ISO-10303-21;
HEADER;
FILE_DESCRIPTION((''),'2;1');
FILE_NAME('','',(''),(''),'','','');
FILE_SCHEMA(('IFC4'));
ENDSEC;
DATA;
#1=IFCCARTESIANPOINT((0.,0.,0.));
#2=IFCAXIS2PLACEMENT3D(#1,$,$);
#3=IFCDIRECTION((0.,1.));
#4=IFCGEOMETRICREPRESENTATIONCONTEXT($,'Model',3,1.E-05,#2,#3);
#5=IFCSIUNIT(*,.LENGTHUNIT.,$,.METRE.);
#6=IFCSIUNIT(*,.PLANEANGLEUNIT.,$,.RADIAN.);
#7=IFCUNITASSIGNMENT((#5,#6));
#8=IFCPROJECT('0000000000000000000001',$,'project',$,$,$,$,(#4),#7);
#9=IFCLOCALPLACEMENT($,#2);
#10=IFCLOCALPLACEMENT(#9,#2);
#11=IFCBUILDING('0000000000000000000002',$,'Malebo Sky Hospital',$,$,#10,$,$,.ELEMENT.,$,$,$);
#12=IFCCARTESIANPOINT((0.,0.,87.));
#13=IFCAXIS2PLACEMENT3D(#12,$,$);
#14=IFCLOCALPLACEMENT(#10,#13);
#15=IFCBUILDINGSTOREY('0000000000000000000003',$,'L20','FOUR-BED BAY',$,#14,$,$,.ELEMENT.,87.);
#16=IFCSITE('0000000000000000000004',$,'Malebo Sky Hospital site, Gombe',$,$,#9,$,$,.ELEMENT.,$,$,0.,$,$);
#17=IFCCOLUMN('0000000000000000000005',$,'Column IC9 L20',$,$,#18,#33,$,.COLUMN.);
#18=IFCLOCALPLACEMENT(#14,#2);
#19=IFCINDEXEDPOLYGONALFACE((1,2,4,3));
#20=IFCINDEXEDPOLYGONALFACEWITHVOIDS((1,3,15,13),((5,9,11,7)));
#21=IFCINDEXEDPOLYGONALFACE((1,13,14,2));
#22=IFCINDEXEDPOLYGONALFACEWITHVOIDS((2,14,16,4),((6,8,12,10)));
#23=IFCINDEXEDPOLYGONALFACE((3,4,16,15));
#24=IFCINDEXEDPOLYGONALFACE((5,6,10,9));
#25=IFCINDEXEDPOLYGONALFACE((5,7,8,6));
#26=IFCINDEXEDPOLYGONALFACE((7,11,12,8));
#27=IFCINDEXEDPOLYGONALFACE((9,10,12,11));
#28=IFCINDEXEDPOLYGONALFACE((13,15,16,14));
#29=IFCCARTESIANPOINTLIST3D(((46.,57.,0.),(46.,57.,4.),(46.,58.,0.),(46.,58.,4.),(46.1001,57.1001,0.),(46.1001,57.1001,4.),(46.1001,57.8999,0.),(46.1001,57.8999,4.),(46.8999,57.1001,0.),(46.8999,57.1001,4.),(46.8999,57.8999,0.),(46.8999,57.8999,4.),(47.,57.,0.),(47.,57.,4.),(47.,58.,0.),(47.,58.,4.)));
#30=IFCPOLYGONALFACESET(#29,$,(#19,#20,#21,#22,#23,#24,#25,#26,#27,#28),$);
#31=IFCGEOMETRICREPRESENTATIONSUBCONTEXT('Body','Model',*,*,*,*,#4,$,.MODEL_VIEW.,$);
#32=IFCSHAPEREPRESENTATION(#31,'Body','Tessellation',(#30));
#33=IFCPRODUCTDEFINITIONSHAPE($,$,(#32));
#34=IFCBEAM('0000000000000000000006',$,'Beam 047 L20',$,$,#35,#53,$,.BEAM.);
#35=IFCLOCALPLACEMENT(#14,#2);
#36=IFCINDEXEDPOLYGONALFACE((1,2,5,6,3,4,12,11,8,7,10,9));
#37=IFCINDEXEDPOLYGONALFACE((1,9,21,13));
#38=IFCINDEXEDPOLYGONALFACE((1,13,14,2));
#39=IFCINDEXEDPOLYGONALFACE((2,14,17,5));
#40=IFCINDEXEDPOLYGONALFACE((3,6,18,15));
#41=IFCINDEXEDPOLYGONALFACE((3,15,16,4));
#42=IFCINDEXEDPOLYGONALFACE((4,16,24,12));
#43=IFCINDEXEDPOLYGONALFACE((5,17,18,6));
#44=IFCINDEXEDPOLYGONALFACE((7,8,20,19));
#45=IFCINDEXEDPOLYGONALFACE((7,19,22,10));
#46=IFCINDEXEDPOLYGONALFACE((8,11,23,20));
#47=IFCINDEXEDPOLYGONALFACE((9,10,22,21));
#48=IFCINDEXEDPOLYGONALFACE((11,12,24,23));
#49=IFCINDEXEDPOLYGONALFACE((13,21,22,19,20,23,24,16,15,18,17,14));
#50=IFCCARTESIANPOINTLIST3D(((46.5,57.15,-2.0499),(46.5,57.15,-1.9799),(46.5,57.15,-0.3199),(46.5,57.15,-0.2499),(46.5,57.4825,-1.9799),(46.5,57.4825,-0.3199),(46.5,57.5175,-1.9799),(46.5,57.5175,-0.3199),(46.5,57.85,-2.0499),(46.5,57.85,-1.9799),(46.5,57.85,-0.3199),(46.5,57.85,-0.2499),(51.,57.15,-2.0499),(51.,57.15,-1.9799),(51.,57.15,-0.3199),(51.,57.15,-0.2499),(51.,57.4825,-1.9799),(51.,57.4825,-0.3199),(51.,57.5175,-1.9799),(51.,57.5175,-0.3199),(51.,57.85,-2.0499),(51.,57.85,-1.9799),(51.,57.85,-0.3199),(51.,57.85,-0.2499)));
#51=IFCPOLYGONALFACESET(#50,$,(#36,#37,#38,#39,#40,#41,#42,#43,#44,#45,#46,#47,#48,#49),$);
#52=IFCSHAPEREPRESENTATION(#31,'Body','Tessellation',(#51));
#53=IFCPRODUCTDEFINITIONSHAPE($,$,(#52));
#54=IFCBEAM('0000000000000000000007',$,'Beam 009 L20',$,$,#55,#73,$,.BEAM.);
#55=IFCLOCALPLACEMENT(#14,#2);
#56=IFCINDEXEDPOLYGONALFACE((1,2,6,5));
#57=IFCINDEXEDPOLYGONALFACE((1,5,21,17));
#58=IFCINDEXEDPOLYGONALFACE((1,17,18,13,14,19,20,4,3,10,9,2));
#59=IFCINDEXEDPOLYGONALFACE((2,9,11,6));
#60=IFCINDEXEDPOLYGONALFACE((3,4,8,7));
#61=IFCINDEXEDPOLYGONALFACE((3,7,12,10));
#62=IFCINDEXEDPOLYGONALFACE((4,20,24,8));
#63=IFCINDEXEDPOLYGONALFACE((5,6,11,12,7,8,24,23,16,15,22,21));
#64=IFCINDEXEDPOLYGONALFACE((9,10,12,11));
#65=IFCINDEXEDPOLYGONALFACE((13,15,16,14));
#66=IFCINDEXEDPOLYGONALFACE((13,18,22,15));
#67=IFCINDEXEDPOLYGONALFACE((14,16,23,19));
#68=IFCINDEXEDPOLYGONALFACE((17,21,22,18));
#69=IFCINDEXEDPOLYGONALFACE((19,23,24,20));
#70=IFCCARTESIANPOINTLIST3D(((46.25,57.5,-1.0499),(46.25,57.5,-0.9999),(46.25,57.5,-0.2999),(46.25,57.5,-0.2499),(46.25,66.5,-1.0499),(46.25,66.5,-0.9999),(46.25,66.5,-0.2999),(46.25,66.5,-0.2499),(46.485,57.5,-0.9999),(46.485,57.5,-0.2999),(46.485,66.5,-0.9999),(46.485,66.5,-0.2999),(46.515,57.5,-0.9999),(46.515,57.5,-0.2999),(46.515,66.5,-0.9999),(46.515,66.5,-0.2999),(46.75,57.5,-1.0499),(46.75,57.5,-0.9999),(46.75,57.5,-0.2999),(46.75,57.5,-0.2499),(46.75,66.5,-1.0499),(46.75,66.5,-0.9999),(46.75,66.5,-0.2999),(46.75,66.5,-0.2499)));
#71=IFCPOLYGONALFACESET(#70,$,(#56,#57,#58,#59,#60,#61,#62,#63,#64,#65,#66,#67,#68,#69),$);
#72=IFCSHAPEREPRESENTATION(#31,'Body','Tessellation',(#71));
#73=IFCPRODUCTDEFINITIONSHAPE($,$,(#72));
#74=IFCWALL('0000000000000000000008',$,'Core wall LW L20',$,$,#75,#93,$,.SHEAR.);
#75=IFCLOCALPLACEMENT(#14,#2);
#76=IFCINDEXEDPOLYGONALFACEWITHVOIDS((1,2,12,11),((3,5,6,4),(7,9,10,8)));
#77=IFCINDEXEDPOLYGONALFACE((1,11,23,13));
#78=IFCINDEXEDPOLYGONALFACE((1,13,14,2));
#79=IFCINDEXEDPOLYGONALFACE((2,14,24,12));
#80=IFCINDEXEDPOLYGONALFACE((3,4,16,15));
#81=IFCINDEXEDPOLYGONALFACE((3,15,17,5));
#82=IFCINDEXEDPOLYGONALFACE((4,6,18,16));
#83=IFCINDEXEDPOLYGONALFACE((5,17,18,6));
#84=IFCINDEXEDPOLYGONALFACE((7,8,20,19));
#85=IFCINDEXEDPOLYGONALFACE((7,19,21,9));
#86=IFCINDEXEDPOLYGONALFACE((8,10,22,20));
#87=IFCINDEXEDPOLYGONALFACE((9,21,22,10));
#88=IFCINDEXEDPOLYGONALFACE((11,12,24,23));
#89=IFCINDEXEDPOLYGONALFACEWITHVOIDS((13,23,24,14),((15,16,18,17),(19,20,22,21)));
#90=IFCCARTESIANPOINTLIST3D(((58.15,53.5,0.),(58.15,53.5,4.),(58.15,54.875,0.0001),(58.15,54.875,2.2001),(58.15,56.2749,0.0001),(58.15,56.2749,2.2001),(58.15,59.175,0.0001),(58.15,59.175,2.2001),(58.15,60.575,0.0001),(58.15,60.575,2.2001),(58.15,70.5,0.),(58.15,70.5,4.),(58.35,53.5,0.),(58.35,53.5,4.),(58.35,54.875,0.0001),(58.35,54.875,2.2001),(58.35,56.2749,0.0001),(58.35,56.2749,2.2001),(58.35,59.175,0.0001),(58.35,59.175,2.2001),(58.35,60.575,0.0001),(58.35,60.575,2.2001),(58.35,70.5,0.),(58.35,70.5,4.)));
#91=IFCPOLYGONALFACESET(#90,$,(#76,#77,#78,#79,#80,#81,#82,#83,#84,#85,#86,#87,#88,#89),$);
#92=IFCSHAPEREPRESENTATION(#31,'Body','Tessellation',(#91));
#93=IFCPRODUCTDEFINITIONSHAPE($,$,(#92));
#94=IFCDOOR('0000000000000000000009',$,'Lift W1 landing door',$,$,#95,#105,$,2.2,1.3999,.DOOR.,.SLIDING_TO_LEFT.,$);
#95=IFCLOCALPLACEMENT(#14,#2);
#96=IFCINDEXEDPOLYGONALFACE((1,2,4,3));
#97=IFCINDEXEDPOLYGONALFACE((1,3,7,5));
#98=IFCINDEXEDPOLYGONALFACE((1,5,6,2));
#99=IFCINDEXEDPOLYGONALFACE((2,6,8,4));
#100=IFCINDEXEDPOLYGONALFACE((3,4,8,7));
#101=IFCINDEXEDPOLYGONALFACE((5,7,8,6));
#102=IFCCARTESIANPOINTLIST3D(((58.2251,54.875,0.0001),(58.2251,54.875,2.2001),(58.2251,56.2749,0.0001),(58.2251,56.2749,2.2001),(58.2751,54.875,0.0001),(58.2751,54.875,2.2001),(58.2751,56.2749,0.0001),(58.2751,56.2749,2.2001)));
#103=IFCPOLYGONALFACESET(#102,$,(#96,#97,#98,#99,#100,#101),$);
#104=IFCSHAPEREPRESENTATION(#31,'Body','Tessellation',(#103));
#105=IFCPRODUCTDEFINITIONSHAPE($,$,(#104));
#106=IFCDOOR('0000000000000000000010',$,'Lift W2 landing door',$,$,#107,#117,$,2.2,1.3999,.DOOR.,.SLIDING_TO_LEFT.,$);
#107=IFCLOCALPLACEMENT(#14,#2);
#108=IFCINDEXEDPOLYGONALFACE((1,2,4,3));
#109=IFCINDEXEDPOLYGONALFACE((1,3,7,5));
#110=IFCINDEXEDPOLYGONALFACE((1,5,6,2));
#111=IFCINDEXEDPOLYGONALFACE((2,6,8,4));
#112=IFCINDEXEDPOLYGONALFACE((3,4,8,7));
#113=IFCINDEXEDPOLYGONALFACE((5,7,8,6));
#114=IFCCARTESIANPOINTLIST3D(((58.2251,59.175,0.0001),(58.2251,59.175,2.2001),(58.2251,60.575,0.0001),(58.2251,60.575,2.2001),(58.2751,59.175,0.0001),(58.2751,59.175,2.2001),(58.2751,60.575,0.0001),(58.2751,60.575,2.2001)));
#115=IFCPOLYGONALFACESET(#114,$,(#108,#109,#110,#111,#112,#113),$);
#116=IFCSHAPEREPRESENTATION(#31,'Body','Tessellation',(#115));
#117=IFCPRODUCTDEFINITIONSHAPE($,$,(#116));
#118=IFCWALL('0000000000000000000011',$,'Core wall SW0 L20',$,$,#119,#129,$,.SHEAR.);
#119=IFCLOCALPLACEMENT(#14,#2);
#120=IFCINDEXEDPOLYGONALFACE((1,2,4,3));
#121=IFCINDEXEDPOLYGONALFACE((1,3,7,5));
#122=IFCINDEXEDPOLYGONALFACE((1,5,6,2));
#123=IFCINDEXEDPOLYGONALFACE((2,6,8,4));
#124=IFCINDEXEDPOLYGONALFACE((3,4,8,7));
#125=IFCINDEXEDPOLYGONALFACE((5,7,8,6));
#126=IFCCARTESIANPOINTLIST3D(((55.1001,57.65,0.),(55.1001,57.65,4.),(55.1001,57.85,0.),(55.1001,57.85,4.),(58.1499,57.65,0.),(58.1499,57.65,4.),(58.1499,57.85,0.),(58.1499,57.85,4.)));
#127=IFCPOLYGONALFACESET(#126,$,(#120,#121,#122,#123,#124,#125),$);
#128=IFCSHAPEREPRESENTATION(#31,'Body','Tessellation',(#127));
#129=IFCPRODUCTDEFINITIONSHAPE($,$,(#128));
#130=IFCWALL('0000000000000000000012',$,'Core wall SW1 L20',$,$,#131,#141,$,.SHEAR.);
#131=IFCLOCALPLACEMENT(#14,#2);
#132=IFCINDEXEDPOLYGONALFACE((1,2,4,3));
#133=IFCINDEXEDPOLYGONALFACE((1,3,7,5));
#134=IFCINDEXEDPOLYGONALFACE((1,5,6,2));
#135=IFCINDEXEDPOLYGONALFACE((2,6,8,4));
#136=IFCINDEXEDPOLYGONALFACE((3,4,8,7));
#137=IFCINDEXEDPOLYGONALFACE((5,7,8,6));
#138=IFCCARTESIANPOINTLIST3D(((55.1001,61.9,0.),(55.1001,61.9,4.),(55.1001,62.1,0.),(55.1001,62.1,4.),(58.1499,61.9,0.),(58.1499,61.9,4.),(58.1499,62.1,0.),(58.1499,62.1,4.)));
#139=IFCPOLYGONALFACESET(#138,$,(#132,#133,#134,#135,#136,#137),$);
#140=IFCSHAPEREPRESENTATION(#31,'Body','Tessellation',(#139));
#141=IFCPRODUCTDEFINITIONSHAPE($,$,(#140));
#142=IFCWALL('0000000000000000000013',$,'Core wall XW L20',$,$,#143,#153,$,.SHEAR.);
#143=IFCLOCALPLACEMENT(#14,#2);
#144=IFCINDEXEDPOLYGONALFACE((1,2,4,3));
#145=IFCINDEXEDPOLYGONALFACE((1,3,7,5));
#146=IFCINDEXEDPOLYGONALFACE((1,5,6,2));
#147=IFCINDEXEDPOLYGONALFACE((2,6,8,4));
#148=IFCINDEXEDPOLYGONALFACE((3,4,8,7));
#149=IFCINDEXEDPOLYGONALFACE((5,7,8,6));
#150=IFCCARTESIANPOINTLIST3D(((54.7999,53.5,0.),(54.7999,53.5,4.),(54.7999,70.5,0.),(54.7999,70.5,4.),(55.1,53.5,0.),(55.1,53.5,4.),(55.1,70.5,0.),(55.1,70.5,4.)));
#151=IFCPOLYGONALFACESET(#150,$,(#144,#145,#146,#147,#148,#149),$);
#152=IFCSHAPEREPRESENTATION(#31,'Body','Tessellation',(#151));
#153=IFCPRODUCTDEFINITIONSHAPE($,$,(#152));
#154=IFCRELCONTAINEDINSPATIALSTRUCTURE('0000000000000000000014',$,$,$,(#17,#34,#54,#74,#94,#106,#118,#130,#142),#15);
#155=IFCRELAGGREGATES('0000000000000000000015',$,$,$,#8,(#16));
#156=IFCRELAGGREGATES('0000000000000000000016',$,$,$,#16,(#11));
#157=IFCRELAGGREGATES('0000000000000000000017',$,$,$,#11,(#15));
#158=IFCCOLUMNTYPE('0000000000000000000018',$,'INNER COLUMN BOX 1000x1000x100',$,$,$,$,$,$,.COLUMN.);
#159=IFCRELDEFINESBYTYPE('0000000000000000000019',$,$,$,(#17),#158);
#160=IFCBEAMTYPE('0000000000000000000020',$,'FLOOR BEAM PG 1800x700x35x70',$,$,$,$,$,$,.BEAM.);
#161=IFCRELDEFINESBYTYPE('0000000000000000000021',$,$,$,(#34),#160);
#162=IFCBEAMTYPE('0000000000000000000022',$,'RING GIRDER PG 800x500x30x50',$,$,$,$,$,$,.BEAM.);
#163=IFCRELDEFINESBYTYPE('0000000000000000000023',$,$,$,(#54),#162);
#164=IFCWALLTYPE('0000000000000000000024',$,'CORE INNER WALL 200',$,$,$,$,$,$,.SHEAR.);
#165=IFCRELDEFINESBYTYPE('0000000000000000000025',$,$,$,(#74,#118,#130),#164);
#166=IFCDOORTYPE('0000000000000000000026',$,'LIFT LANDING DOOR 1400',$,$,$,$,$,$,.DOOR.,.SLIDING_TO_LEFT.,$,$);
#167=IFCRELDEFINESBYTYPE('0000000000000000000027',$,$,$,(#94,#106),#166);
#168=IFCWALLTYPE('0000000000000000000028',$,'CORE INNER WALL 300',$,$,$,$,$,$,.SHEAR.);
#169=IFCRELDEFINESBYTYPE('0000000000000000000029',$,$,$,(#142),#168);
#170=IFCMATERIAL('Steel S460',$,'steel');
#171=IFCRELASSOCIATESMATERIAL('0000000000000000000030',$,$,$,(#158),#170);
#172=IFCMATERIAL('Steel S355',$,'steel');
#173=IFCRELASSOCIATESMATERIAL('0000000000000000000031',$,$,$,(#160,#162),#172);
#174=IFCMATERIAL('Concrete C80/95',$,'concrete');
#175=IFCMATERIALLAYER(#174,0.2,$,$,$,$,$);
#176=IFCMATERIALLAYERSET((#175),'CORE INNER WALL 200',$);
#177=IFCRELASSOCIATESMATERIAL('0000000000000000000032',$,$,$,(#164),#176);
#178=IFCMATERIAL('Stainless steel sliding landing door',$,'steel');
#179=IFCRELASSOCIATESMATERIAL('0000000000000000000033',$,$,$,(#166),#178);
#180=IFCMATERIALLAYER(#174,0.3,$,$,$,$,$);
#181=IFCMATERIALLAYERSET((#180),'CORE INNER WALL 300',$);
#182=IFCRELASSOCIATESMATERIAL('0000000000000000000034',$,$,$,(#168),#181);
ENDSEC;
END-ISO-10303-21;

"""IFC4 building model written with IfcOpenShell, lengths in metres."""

from ifc_helpers import new_model, si_unit, direction, frame, frame_2d, origin, origin_2d, place, context, subcontext, project, spatial, rectangle, hollow_rectangle, i_section, extrude, material, layer, layer_set, material_profile, profile_set, type_object, element, fill, save


model = new_model("IFC4")

# Units and contexts
model_context = context("Model", 3, precision=1e-05, world=origin(), true_north=direction((0.0, 1.0)))
body_context = subcontext(model_context, "Body", "Model", "MODEL_VIEW")
ifc_project = project(units=[si_unit("LENGTHUNIT", "METRE"), si_unit("PLANEANGLEUNIT", "RADIAN")], contexts=[model_context])

# Site, building, storey
site_placement = place(None, origin())
site = spatial("IfcSite", under=ifc_project, at=site_placement, Name="Malebo Sky Hospital site, Gombe", CompositionType="ELEMENT", RefElevation=0.0)
building_placement = place(site_placement, origin())
building = spatial("IfcBuilding", under=site, at=building_placement, Name="Malebo Sky Hospital", CompositionType="ELEMENT")
storey_placement = place(building_placement, frame((0.0, 0.0, 87.0)))
storey = spatial("IfcBuildingStorey", under=building, at=storey_placement, Name="L20", Description="FOUR-BED BAY", CompositionType="ELEMENT", Elevation=87.0)

# Column
ifc_material_1 = material(Name="Steel S460", Category="steel")
ifc_material_profile_1 = material_profile(ifc_material_1, hollow_rectangle(XDim=1.0, YDim=1.0, WallThickness=0.1001, at=origin_2d()), Name="BOX 1000x1000x100")
ifc_profile_set_1 = profile_set([ifc_material_profile_1], Name="Steel S460")
column_type = type_object("IfcColumnType", Name="INNER COLUMN BOX 1000x1000x100", PredefinedType="COLUMN", material=ifc_profile_set_1)
column_placement = place(storey_placement, frame((46.5, 57.5, 0.0), z_axis=(0.0, 0.0, 1.0), x_axis=(1.0, 0.0, 0.0)))
element("IfcColumn", 1, at=column_placement, inside=storey, type_object=column_type, Name="Column IC9 L20", PredefinedType="COLUMN", context=body_context, shape_type="SweptSolid", body=[
    extrude(hollow_rectangle(XDim=1.0, YDim=1.0, WallThickness=0.1001, at=origin_2d()), origin(), (0.0, 0.0, 1.0), 4.0),
])

# Beams
ifc_material_2 = material(Name="Steel S355", Category="steel")
ifc_material_profile_2 = material_profile(ifc_material_2, i_section(OverallWidth=0.7, OverallDepth=1.8, WebThickness=0.0349, FlangeThickness=0.0701, at=origin_2d()), Name="PG 1800x700x35x70")
ifc_profile_set_2 = profile_set([ifc_material_profile_2], Name="Steel S355")
beam_type_1 = type_object("IfcBeamType", Name="FLOOR BEAM PG 1800x700x35x70", PredefinedType="BEAM", material=ifc_profile_set_2)
beam_1_placement = place(storey_placement, frame((46.5, 57.5, -1.1499), z_axis=(1.0, 0.0, 0.0), x_axis=(0.0, 1.0, 0.0)))
element("IfcBeam", 2, at=beam_1_placement, inside=storey, type_object=beam_type_1, Name="Beam 047 L20", PredefinedType="BEAM", context=body_context, shape_type="SweptSolid", body=[
    extrude(i_section(OverallWidth=0.7, OverallDepth=1.8, WebThickness=0.0349, FlangeThickness=0.0701, at=origin_2d()), origin(), (0.0, 0.0, 1.0), 4.5),
])
ifc_material_profile_3 = material_profile(ifc_material_2, i_section(OverallWidth=0.5, OverallDepth=0.8, WebThickness=0.03, FlangeThickness=0.05, at=origin_2d()), Name="PG 800x500x30x50")
ifc_profile_set_3 = profile_set([ifc_material_profile_3], Name="Steel S355")
beam_type_2 = type_object("IfcBeamType", Name="RING GIRDER PG 800x500x30x50", PredefinedType="BEAM", material=ifc_profile_set_3)
beam_2_placement = place(storey_placement, frame((46.5, 57.5, -0.6499), z_axis=(0.0, 1.0, 0.0), x_axis=(-1.0, 0.0, 0.0)))
element("IfcBeam", 3, at=beam_2_placement, inside=storey, type_object=beam_type_2, Name="Beam 009 L20", PredefinedType="BEAM", context=body_context, shape_type="SweptSolid", body=[
    extrude(i_section(OverallWidth=0.5, OverallDepth=0.8, WebThickness=0.03, FlangeThickness=0.05, at=origin_2d()), origin(), (0.0, 0.0, 1.0), 9.0),
])

# Wall, openings, doors
ifc_material_3 = material(Name="Concrete C80/95", Category="concrete")
ifc_layer_1 = layer(ifc_material_3, 0.2)
ifc_layer_set_1 = layer_set([ifc_layer_1], Name="CORE INNER WALL 200")
wall_type_1 = type_object("IfcWallType", Name="CORE INNER WALL 200", PredefinedType="SHEAR", material=ifc_layer_set_1)
wall_1_placement = place(storey_placement, frame((58.25, 53.5, 0.0), z_axis=(0.0, 0.0, 1.0), x_axis=(0.0, 1.0, 0.0)))
wall_1 = element("IfcWall", 4, at=wall_1_placement, inside=storey, type_object=wall_type_1, Name="Core wall LW L20", PredefinedType="SHEAR", context=body_context, shape_type="SweptSolid", body=[
    extrude(rectangle(XDim=17.0, YDim=0.2, at=frame_2d((8.5, 0.0))), origin(), (0.0, 0.0, 1.0), 4.0),
])
opening_1_placement = place(wall_1_placement, frame((1.375, 0.0, 0.0)))
opening_1 = element("IfcOpeningElement", 5, at=opening_1_placement, cuts=wall_1, PredefinedType="OPENING", context=body_context, shape_type="SweptSolid", body=[
    extrude(rectangle(XDim=1.3999, YDim=2.2, at=frame_2d((0.7, 1.1001))), frame((0.0, 0.1099, 0.0), z_axis=(0.0, -1.0, 0.0), x_axis=(1.0, 0.0, 0.0)), (0.0, 0.0, 1.0), 0.22),
])
opening_2_placement = place(wall_1_placement, frame((5.675, 0.0, 0.0)))
opening_2 = element("IfcOpeningElement", 6, at=opening_2_placement, cuts=wall_1, PredefinedType="OPENING", context=body_context, shape_type="SweptSolid", body=[
    extrude(rectangle(XDim=1.3999, YDim=2.2, at=frame_2d((0.7, 1.1001))), frame((0.0, 0.1099, 0.0), z_axis=(0.0, -1.0, 0.0), x_axis=(1.0, 0.0, 0.0)), (0.0, 0.0, 1.0), 0.22),
])
ifc_material_4 = material(Name="Stainless steel sliding landing door", Category="steel")
door_type_1 = type_object("IfcDoorType", Name="LIFT LANDING DOOR 1400", OperationType="SLIDING_TO_LEFT", PredefinedType="DOOR", material=ifc_material_4)
door_1_placement = place(opening_1_placement, origin())
door_1 = element("IfcDoor", 7, at=door_1_placement, inside=storey, type_object=door_type_1, Name="Lift W1 landing door", OperationType="SLIDING_TO_LEFT", OverallHeight=2.2, OverallWidth=1.3999, PredefinedType="DOOR", context=body_context, shape_type="SweptSolid", body=[
    extrude(rectangle(XDim=1.3999, YDim=2.2, at=frame_2d((0.7, 1.1001))), frame((0.0, 0.0249, 0.0), z_axis=(0.0, -1.0, 0.0), x_axis=(1.0, 0.0, 0.0)), (0.0, 0.0, 1.0), 0.05),
])
fill(opening_1, door_1)
door_2_placement = place(opening_2_placement, origin())
door_2 = element("IfcDoor", 8, at=door_2_placement, inside=storey, type_object=door_type_1, Name="Lift W2 landing door", OperationType="SLIDING_TO_LEFT", OverallHeight=2.2, OverallWidth=1.3999, PredefinedType="DOOR", context=body_context, shape_type="SweptSolid", body=[
    extrude(rectangle(XDim=1.3999, YDim=2.2, at=frame_2d((0.7, 1.1001))), frame((0.0, 0.0249, 0.0), z_axis=(0.0, -1.0, 0.0), x_axis=(1.0, 0.0, 0.0)), (0.0, 0.0, 1.0), 0.05),
])
fill(opening_2, door_2)

# Walls
for number, where, z_axis, x_axis, name in (
    (9, (55.1001, 57.75, 0.0), (0.0, 0.0, 1.0), (1.0, 0.0, 0.0), "Core wall SW0 L20"),
    (10, (55.1001, 62.0, 0.0), (0.0, 0.0, 1.0), (1.0, 0.0, 0.0), "Core wall SW1 L20"),
):
    element("IfcWall", number, at=place(storey_placement, frame(where, z_axis=z_axis, x_axis=x_axis)), inside=storey, type_object=wall_type_1, Name=name, PredefinedType="SHEAR", context=body_context, shape_type="SweptSolid", body=[
        extrude(rectangle(XDim=3.0498, YDim=0.2, at=frame_2d((1.5249, 0.0))), origin(), (0.0, 0.0, 1.0), 4.0),
    ])
ifc_layer_2 = layer(ifc_material_3, 0.3)
ifc_layer_set_2 = layer_set([ifc_layer_2], Name="CORE INNER WALL 300")
wall_type_2 = type_object("IfcWallType", Name="CORE INNER WALL 300", PredefinedType="SHEAR", material=ifc_layer_set_2)
wall_2_placement = place(storey_placement, frame((54.95, 53.5, 0.0), z_axis=(0.0, 0.0, 1.0), x_axis=(0.0, 1.0, 0.0)))
element("IfcWall", 11, at=wall_2_placement, inside=storey, type_object=wall_type_2, Name="Core wall XW L20", PredefinedType="SHEAR", context=body_context, shape_type="SweptSolid", body=[
    extrude(rectangle(XDim=17.0, YDim=0.3, at=frame_2d((8.5, 0.0))), origin(), (0.0, 0.0, 1.0), 4.0),
])

save(model, "model.ifc")
